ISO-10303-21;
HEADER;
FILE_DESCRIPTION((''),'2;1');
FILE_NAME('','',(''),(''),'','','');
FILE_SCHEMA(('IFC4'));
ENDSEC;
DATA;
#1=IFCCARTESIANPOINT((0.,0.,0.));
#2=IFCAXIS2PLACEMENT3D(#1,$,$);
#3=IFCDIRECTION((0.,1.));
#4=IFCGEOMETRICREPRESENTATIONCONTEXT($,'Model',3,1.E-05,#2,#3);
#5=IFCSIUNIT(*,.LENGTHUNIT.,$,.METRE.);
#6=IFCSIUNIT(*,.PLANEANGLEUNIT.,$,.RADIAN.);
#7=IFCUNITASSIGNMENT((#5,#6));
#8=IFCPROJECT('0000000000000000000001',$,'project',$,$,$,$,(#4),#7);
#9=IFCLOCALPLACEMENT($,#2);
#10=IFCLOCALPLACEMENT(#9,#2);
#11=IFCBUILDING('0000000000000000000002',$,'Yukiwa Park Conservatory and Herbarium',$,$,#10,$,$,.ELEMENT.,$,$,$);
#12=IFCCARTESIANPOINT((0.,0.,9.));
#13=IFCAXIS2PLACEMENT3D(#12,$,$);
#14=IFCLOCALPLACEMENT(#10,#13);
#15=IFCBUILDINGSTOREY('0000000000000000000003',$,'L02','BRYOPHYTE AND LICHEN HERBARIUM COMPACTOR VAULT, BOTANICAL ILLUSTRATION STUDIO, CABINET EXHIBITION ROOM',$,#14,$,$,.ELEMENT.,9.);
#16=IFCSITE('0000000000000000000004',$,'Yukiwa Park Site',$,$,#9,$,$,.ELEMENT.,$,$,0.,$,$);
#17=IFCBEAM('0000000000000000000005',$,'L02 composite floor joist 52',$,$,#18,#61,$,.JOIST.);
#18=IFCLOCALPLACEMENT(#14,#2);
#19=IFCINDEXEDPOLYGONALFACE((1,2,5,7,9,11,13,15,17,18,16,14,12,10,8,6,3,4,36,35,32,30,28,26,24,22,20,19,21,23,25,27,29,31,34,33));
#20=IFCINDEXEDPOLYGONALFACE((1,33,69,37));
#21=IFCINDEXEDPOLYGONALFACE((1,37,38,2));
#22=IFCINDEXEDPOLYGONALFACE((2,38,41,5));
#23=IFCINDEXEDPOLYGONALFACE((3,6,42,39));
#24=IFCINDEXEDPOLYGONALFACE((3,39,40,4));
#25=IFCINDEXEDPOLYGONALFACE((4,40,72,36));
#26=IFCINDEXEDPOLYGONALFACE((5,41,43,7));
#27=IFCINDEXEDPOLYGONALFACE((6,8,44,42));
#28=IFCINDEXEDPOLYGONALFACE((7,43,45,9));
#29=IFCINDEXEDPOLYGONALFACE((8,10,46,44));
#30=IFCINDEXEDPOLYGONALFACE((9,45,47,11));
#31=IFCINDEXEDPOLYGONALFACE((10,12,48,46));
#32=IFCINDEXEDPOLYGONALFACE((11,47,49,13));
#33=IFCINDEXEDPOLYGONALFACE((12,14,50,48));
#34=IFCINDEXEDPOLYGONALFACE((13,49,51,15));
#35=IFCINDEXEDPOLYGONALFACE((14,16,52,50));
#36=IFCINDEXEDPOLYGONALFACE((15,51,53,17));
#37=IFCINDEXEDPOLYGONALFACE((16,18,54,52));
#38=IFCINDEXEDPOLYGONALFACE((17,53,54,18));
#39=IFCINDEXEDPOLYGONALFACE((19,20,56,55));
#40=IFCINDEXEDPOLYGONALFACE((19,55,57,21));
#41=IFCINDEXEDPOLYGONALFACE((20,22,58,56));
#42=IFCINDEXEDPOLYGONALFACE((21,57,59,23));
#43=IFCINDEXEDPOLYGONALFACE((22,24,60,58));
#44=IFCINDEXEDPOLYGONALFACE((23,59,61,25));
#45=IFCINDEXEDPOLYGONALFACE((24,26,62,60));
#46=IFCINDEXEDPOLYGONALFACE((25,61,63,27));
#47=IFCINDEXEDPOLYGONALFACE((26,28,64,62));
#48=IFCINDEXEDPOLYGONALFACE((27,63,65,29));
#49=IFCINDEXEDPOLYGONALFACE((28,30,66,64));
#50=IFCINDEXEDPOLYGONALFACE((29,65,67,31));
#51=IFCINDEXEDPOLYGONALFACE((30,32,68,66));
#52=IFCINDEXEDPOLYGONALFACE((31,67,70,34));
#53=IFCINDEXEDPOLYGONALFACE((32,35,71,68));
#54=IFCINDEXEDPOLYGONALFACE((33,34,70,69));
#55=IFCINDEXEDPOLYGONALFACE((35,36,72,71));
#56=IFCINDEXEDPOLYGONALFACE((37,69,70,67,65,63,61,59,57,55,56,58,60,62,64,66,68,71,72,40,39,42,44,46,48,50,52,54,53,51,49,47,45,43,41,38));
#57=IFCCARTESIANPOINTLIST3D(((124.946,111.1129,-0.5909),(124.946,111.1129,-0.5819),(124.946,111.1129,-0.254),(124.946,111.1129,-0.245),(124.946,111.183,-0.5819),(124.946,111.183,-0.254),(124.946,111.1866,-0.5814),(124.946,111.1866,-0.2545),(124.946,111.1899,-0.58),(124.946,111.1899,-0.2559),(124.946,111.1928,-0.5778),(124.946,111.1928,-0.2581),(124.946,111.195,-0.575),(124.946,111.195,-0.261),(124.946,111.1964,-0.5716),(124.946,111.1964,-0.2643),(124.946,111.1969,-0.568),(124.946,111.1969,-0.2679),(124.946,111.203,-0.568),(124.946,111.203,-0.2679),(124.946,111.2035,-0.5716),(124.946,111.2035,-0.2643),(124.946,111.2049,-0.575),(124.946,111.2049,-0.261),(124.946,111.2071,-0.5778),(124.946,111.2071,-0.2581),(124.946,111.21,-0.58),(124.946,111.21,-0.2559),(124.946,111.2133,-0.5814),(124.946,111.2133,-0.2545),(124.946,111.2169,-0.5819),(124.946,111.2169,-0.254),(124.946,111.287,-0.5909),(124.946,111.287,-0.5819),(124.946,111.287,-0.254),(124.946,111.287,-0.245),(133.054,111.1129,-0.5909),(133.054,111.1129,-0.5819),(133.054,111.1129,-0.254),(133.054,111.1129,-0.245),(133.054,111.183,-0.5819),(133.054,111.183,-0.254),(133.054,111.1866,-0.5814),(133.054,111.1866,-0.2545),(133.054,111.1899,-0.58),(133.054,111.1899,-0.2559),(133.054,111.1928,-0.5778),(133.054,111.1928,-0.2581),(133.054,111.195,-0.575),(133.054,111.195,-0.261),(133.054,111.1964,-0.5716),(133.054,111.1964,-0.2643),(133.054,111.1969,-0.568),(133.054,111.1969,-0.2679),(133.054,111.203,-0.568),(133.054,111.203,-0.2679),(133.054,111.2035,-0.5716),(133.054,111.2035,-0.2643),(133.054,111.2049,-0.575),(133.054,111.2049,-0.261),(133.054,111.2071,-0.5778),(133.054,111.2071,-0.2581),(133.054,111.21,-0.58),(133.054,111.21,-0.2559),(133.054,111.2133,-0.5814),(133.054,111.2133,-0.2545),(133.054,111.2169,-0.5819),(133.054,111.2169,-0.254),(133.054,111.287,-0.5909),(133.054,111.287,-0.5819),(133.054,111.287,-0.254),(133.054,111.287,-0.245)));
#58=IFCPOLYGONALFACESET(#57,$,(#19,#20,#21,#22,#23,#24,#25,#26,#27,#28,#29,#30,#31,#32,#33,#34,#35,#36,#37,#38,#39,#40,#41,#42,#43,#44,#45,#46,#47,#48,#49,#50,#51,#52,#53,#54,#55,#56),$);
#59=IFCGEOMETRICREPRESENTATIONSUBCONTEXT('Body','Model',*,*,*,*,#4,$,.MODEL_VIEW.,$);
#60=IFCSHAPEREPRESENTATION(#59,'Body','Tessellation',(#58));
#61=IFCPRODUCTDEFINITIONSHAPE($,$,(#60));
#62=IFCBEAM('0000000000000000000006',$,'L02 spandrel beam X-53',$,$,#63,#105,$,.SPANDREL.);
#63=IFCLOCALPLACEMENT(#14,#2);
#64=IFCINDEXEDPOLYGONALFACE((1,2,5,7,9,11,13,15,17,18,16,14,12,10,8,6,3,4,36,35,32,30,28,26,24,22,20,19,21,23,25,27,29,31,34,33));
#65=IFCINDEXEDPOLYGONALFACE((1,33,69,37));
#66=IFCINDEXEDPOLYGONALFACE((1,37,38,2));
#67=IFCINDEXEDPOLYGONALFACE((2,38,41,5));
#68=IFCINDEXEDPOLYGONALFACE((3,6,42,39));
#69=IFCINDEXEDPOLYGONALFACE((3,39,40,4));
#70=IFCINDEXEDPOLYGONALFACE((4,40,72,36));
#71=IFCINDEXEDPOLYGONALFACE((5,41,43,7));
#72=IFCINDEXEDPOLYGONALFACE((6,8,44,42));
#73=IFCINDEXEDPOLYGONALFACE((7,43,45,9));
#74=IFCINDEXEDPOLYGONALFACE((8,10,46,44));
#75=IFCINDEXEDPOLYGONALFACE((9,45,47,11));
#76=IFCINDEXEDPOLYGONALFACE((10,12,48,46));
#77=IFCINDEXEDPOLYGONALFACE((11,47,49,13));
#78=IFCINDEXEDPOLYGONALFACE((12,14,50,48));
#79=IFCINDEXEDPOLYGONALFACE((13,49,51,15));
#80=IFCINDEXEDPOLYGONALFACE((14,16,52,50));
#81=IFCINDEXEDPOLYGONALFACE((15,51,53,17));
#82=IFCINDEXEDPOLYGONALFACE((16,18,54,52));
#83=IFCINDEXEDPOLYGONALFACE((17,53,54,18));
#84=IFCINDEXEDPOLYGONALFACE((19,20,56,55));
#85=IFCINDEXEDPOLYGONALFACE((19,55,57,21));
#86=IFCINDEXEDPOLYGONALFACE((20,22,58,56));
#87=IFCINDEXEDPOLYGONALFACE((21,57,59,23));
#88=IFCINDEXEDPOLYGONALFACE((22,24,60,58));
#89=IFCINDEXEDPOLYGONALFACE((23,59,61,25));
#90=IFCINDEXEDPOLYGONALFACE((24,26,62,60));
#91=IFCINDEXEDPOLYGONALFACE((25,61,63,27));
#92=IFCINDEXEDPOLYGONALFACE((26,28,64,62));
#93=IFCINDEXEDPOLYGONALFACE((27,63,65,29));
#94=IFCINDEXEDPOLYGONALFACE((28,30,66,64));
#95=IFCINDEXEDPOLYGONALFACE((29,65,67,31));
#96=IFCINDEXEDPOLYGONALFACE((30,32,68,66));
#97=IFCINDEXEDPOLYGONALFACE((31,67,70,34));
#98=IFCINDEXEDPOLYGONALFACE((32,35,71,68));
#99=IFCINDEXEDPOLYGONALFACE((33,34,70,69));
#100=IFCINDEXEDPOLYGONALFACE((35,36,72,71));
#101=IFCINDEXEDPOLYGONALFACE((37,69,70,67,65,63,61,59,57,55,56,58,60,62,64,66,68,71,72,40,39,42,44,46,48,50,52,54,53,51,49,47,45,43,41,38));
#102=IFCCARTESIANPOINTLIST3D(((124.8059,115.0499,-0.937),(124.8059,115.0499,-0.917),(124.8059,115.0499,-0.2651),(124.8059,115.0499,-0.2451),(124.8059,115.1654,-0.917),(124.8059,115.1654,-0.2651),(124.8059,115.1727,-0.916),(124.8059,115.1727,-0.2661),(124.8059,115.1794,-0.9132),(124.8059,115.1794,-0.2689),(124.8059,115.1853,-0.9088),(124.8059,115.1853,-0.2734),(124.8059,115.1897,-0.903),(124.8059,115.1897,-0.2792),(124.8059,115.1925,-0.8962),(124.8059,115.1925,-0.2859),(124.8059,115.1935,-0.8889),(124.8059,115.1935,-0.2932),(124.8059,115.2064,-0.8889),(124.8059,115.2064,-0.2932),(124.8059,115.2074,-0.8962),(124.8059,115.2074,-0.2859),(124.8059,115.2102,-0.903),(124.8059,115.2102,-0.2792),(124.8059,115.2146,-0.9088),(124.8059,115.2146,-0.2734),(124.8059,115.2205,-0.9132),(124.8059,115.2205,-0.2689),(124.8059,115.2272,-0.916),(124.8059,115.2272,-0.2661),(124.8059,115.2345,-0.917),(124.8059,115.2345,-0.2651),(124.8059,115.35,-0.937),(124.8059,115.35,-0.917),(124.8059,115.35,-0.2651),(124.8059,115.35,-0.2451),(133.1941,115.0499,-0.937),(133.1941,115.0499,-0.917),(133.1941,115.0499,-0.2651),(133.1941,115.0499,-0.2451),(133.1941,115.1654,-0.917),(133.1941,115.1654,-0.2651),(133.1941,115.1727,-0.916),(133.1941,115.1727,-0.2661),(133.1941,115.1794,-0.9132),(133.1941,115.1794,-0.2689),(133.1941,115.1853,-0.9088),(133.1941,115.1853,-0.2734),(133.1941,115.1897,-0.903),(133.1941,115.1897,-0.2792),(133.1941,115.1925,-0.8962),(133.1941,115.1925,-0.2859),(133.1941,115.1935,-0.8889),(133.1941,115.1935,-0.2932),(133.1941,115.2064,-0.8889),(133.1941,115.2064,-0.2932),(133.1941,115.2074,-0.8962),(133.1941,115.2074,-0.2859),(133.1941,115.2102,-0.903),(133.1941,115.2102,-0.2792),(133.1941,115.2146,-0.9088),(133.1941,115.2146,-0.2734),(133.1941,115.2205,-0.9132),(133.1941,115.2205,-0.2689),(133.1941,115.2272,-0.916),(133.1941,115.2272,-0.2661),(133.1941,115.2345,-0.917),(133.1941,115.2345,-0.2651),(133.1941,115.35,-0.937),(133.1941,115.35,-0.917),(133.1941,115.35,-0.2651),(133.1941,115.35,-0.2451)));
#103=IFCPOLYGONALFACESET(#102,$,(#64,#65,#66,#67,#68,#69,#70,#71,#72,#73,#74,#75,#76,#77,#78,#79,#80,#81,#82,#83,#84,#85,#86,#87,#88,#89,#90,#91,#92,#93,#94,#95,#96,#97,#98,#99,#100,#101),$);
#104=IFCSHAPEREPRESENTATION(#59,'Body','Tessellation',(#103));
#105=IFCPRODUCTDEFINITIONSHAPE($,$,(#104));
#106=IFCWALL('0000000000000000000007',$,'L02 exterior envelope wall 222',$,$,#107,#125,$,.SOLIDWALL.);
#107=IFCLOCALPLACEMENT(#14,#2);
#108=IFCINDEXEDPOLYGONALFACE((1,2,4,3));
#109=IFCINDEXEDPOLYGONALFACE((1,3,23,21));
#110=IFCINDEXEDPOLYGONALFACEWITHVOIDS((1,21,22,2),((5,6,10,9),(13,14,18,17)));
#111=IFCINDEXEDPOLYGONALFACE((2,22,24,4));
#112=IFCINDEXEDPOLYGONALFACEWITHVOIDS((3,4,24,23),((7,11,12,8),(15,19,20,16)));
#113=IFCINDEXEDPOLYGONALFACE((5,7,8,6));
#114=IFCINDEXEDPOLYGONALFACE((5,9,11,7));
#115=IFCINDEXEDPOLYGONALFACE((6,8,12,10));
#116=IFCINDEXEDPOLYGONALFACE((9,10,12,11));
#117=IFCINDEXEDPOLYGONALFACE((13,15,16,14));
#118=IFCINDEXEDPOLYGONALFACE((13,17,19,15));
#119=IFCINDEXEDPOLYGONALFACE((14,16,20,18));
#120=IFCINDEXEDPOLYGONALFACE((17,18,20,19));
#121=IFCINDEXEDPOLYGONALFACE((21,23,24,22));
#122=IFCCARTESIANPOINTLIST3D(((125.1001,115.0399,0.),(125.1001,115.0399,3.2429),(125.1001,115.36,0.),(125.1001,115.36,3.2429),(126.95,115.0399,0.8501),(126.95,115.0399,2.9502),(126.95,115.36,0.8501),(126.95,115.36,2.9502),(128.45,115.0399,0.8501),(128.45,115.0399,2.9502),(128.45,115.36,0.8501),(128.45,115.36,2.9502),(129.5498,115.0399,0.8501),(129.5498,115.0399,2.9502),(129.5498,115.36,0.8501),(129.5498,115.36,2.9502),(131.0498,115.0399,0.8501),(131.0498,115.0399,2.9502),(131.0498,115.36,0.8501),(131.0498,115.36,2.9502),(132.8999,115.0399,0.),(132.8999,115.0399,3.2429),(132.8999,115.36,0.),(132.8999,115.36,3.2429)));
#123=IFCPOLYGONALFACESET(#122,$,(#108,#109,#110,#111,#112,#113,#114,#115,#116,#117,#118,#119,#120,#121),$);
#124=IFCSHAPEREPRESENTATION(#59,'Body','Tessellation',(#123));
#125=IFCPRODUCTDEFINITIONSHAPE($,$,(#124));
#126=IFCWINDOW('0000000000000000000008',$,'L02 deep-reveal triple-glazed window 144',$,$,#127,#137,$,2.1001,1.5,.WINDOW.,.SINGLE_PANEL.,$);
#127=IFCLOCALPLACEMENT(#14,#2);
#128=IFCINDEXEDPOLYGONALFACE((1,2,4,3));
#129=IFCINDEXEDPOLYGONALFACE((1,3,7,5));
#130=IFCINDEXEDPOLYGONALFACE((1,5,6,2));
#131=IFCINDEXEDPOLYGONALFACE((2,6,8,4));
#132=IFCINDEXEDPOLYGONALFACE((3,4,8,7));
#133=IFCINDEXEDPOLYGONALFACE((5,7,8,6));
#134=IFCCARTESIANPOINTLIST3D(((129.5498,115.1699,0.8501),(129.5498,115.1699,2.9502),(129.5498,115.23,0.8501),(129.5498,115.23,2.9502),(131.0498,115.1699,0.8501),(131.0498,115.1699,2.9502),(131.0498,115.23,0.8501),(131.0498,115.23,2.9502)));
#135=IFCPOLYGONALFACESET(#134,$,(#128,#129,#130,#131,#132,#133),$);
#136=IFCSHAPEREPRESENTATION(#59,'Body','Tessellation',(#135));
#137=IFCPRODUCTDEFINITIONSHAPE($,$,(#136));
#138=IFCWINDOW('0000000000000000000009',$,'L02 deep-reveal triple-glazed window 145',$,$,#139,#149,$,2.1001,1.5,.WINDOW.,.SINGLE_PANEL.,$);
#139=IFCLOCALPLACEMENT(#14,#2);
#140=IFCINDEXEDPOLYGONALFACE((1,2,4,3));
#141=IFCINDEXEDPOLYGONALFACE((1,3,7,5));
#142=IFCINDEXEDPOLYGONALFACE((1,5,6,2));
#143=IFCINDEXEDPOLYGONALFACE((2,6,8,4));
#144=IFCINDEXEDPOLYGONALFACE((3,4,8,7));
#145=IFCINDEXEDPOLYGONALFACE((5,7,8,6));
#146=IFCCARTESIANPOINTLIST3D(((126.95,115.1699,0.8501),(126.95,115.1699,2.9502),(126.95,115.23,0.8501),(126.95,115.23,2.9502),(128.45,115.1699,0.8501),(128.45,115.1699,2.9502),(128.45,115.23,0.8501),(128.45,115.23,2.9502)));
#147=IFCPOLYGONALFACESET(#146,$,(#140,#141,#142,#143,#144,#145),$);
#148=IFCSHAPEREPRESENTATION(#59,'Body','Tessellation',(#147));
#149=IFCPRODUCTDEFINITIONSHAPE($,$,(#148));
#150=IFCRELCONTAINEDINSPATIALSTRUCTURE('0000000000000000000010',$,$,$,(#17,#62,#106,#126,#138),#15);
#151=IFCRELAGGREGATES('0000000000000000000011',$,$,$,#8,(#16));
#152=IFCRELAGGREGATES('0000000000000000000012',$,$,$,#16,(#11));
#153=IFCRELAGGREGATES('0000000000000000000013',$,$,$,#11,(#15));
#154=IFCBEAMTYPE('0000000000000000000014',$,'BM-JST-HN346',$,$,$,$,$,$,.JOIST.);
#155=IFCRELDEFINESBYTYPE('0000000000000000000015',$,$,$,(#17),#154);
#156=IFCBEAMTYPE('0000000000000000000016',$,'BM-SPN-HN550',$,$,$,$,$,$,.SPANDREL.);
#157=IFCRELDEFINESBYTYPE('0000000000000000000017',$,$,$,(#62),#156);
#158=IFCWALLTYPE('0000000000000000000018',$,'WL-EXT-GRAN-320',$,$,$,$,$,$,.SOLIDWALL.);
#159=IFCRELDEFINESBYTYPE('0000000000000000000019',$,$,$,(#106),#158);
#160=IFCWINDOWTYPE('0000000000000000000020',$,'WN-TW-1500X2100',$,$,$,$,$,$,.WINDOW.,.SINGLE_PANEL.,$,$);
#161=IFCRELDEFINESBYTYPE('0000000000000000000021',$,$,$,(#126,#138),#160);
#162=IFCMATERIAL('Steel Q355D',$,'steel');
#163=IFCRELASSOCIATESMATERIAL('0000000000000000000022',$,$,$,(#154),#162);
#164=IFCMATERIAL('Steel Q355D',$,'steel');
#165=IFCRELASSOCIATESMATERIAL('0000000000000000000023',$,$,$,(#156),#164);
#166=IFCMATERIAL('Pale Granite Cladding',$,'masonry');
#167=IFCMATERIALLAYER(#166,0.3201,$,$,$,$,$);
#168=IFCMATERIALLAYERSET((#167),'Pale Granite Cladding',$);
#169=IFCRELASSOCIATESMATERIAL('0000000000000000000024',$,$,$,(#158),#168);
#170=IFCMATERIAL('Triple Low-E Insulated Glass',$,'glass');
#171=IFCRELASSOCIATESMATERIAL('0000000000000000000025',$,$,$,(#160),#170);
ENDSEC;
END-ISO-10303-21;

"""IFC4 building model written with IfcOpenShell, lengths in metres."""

from ifc_helpers import new_model, si_unit, direction, frame, frame_2d, origin, origin_2d, place, context, subcontext, project, spatial, rectangle, i_section, extrude, material, layer, layer_set, material_profile, profile_set, type_object, element, fill, save


model = new_model("IFC4")

# Units and contexts
model_context = context("Model", 3, precision=1e-05, world=origin(), true_north=direction((0.0, 1.0)))
body_context = subcontext(model_context, "Body", "Model", "MODEL_VIEW")
ifc_project = project(units=[si_unit("LENGTHUNIT", "METRE"), si_unit("PLANEANGLEUNIT", "RADIAN")], contexts=[model_context])

# Site, building, storey
site_placement = place(None, origin())
site = spatial("IfcSite", under=ifc_project, at=site_placement, Name="Yukiwa Park Site", CompositionType="ELEMENT", RefElevation=0.0)
building_placement = place(site_placement, origin())
building = spatial("IfcBuilding", under=site, at=building_placement, Name="Yukiwa Park Conservatory and Herbarium", CompositionType="ELEMENT")
storey_placement = place(building_placement, frame((0.0, 0.0, 9.0)))
storey = spatial("IfcBuildingStorey", under=building, at=storey_placement, Name="L02", Description="BRYOPHYTE AND LICHEN HERBARIUM COMPACTOR VAULT, BOTANICAL ILLUSTRATION STUDIO, CABINET EXHIBITION ROOM", CompositionType="ELEMENT", Elevation=9.0)

# Beams
ifc_material_1 = material(Name="Steel Q355D", Category="steel")
ifc_material_profile_1 = material_profile(ifc_material_1, i_section(OverallWidth=0.1741, OverallDepth=0.3459, WebThickness=0.0061, FlangeThickness=0.009, FilletRadius=0.0139, at=origin_2d()), Name="HN 346x174x6x9")
ifc_profile_set_1 = profile_set([ifc_material_profile_1], Name="Steel Q355D")
beam_type_1 = type_object("IfcBeamType", Name="BM-JST-HN346", PredefinedType="JOIST", material=ifc_profile_set_1)
for number, where, z_axis, x_axis, name in (
    (1, (124.946, 111.2, -0.418), (1.0, 0.0, 0.0), (0.0, 1.0, 0.0), "L02 composite floor joist 52"),
):
    element("IfcBeam", number, at=place(storey_placement, frame(where, z_axis=z_axis, x_axis=x_axis)), inside=storey, type_object=beam_type_1, Name=name, PredefinedType="JOIST", context=body_context, shape_type="SweptSolid", body=[
        extrude(i_section(OverallWidth=0.1741, OverallDepth=0.3459, WebThickness=0.0061, FlangeThickness=0.009, FilletRadius=0.0139, at=origin_2d()), origin(), (0.0, 0.0, 1.0), 8.1079),
    ])
ifc_material_2 = material(Name="Steel Q355D", Category="steel")
ifc_material_profile_2 = material_profile(ifc_material_2, i_section(OverallWidth=0.3, OverallDepth=0.6919, WebThickness=0.0129, FlangeThickness=0.02, FilletRadius=0.0281, at=origin_2d()), Name="HN 692x300x13x20")
ifc_profile_set_2 = profile_set([ifc_material_profile_2], Name="Steel Q355D")
beam_type_2 = type_object("IfcBeamType", Name="BM-SPN-HN550", PredefinedType="SPANDREL", material=ifc_profile_set_2)
beam_1_placement = place(storey_placement, frame((124.8059, 115.2, -0.5911), z_axis=(1.0, 0.0, 0.0), x_axis=(0.0, 1.0, 0.0)))
element("IfcBeam", 2, at=beam_1_placement, inside=storey, type_object=beam_type_2, Name="L02 spandrel beam X-53", PredefinedType="SPANDREL", context=body_context, shape_type="SweptSolid", body=[
    extrude(i_section(OverallWidth=0.3, OverallDepth=0.6919, WebThickness=0.0129, FlangeThickness=0.02, FilletRadius=0.0281, at=origin_2d()), origin(), (0.0, 0.0, 1.0), 8.3882),
])

# Wall, openings, windows
ifc_material_3 = material(Name="Pale Granite Cladding", Category="masonry")
ifc_layer_1 = layer(ifc_material_3, 0.3201)
ifc_layer_set_1 = layer_set([ifc_layer_1], Name="Pale Granite Cladding")
wall_type_1 = type_object("IfcWallType", Name="WL-EXT-GRAN-320", PredefinedType="SOLIDWALL", material=ifc_layer_set_1)
wall_1_placement = place(storey_placement, frame((132.8999, 115.2, 0.0), z_axis=(0.0, 0.0, 1.0), x_axis=(-1.0, 0.0, 0.0)))
wall_1 = element("IfcWall", 3, at=wall_1_placement, inside=storey, type_object=wall_type_1, Name="L02 exterior envelope wall 222", PredefinedType="SOLIDWALL", context=body_context, shape_type="SweptSolid", body=[
    extrude(rectangle(XDim=7.7998, YDim=0.3201, at=frame_2d((3.8999, 0.0))), origin(), (0.0, 0.0, 1.0), 3.2429),
])
opening_1_placement = place(wall_1_placement, frame((1.8501, 0.0, 0.8501)))
opening_1 = element("IfcOpeningElement", 4, at=opening_1_placement, cuts=wall_1, PredefinedType="OPENING", context=body_context, shape_type="SweptSolid", body=[
    extrude(rectangle(XDim=1.5, YDim=2.1001, at=frame_2d((0.75, 1.05))), frame((0.0, 0.1699, 0.0), z_axis=(0.0, -1.0, 0.0), x_axis=(1.0, 0.0, 0.0)), (0.0, 0.0, 1.0), 0.3401),
])
opening_2_placement = place(wall_1_placement, frame((4.45, 0.0, 0.8501)))
opening_2 = element("IfcOpeningElement", 5, at=opening_2_placement, cuts=wall_1, PredefinedType="OPENING", context=body_context, shape_type="SweptSolid", body=[
    extrude(rectangle(XDim=1.5, YDim=2.1001, at=frame_2d((0.75, 1.05))), frame((0.0, 0.1699, 0.0), z_axis=(0.0, -1.0, 0.0), x_axis=(1.0, 0.0, 0.0)), (0.0, 0.0, 1.0), 0.3401),
])
ifc_material_4 = material(Name="Triple Low-E Insulated Glass", Category="glass")
window_type_1 = type_object("IfcWindowType", Name="WN-TW-1500X2100", PartitioningType="SINGLE_PANEL", PredefinedType="WINDOW", material=ifc_material_4)
window_1_placement = place(opening_1_placement, origin())
window_1 = element("IfcWindow", 6, at=window_1_placement, inside=storey, type_object=window_type_1, Name="L02 deep-reveal triple-glazed window 144", OverallHeight=2.1001, OverallWidth=1.5, PartitioningType="SINGLE_PANEL", PredefinedType="WINDOW", context=body_context, shape_type="SweptSolid", body=[
    extrude(rectangle(XDim=1.5, YDim=2.1001, at=frame_2d((0.75, 1.05))), frame((0.0, 0.03, 0.0), z_axis=(0.0, -1.0, 0.0), x_axis=(1.0, 0.0, 0.0)), (0.0, 0.0, 1.0), 0.0601),
])
fill(opening_1, window_1)
window_2_placement = place(opening_2_placement, origin())
window_2 = element("IfcWindow", 7, at=window_2_placement, inside=storey, type_object=window_type_1, Name="L02 deep-reveal triple-glazed window 145", OverallHeight=2.1001, OverallWidth=1.5, PartitioningType="SINGLE_PANEL", PredefinedType="WINDOW", context=body_context, shape_type="SweptSolid", body=[
    extrude(rectangle(XDim=1.5, YDim=2.1001, at=frame_2d((0.75, 1.05))), frame((0.0, 0.03, 0.0), z_axis=(0.0, -1.0, 0.0), x_axis=(1.0, 0.0, 0.0)), (0.0, 0.0, 1.0), 0.0601),
])
fill(opening_2, window_2)

save(model, "model.ifc")
